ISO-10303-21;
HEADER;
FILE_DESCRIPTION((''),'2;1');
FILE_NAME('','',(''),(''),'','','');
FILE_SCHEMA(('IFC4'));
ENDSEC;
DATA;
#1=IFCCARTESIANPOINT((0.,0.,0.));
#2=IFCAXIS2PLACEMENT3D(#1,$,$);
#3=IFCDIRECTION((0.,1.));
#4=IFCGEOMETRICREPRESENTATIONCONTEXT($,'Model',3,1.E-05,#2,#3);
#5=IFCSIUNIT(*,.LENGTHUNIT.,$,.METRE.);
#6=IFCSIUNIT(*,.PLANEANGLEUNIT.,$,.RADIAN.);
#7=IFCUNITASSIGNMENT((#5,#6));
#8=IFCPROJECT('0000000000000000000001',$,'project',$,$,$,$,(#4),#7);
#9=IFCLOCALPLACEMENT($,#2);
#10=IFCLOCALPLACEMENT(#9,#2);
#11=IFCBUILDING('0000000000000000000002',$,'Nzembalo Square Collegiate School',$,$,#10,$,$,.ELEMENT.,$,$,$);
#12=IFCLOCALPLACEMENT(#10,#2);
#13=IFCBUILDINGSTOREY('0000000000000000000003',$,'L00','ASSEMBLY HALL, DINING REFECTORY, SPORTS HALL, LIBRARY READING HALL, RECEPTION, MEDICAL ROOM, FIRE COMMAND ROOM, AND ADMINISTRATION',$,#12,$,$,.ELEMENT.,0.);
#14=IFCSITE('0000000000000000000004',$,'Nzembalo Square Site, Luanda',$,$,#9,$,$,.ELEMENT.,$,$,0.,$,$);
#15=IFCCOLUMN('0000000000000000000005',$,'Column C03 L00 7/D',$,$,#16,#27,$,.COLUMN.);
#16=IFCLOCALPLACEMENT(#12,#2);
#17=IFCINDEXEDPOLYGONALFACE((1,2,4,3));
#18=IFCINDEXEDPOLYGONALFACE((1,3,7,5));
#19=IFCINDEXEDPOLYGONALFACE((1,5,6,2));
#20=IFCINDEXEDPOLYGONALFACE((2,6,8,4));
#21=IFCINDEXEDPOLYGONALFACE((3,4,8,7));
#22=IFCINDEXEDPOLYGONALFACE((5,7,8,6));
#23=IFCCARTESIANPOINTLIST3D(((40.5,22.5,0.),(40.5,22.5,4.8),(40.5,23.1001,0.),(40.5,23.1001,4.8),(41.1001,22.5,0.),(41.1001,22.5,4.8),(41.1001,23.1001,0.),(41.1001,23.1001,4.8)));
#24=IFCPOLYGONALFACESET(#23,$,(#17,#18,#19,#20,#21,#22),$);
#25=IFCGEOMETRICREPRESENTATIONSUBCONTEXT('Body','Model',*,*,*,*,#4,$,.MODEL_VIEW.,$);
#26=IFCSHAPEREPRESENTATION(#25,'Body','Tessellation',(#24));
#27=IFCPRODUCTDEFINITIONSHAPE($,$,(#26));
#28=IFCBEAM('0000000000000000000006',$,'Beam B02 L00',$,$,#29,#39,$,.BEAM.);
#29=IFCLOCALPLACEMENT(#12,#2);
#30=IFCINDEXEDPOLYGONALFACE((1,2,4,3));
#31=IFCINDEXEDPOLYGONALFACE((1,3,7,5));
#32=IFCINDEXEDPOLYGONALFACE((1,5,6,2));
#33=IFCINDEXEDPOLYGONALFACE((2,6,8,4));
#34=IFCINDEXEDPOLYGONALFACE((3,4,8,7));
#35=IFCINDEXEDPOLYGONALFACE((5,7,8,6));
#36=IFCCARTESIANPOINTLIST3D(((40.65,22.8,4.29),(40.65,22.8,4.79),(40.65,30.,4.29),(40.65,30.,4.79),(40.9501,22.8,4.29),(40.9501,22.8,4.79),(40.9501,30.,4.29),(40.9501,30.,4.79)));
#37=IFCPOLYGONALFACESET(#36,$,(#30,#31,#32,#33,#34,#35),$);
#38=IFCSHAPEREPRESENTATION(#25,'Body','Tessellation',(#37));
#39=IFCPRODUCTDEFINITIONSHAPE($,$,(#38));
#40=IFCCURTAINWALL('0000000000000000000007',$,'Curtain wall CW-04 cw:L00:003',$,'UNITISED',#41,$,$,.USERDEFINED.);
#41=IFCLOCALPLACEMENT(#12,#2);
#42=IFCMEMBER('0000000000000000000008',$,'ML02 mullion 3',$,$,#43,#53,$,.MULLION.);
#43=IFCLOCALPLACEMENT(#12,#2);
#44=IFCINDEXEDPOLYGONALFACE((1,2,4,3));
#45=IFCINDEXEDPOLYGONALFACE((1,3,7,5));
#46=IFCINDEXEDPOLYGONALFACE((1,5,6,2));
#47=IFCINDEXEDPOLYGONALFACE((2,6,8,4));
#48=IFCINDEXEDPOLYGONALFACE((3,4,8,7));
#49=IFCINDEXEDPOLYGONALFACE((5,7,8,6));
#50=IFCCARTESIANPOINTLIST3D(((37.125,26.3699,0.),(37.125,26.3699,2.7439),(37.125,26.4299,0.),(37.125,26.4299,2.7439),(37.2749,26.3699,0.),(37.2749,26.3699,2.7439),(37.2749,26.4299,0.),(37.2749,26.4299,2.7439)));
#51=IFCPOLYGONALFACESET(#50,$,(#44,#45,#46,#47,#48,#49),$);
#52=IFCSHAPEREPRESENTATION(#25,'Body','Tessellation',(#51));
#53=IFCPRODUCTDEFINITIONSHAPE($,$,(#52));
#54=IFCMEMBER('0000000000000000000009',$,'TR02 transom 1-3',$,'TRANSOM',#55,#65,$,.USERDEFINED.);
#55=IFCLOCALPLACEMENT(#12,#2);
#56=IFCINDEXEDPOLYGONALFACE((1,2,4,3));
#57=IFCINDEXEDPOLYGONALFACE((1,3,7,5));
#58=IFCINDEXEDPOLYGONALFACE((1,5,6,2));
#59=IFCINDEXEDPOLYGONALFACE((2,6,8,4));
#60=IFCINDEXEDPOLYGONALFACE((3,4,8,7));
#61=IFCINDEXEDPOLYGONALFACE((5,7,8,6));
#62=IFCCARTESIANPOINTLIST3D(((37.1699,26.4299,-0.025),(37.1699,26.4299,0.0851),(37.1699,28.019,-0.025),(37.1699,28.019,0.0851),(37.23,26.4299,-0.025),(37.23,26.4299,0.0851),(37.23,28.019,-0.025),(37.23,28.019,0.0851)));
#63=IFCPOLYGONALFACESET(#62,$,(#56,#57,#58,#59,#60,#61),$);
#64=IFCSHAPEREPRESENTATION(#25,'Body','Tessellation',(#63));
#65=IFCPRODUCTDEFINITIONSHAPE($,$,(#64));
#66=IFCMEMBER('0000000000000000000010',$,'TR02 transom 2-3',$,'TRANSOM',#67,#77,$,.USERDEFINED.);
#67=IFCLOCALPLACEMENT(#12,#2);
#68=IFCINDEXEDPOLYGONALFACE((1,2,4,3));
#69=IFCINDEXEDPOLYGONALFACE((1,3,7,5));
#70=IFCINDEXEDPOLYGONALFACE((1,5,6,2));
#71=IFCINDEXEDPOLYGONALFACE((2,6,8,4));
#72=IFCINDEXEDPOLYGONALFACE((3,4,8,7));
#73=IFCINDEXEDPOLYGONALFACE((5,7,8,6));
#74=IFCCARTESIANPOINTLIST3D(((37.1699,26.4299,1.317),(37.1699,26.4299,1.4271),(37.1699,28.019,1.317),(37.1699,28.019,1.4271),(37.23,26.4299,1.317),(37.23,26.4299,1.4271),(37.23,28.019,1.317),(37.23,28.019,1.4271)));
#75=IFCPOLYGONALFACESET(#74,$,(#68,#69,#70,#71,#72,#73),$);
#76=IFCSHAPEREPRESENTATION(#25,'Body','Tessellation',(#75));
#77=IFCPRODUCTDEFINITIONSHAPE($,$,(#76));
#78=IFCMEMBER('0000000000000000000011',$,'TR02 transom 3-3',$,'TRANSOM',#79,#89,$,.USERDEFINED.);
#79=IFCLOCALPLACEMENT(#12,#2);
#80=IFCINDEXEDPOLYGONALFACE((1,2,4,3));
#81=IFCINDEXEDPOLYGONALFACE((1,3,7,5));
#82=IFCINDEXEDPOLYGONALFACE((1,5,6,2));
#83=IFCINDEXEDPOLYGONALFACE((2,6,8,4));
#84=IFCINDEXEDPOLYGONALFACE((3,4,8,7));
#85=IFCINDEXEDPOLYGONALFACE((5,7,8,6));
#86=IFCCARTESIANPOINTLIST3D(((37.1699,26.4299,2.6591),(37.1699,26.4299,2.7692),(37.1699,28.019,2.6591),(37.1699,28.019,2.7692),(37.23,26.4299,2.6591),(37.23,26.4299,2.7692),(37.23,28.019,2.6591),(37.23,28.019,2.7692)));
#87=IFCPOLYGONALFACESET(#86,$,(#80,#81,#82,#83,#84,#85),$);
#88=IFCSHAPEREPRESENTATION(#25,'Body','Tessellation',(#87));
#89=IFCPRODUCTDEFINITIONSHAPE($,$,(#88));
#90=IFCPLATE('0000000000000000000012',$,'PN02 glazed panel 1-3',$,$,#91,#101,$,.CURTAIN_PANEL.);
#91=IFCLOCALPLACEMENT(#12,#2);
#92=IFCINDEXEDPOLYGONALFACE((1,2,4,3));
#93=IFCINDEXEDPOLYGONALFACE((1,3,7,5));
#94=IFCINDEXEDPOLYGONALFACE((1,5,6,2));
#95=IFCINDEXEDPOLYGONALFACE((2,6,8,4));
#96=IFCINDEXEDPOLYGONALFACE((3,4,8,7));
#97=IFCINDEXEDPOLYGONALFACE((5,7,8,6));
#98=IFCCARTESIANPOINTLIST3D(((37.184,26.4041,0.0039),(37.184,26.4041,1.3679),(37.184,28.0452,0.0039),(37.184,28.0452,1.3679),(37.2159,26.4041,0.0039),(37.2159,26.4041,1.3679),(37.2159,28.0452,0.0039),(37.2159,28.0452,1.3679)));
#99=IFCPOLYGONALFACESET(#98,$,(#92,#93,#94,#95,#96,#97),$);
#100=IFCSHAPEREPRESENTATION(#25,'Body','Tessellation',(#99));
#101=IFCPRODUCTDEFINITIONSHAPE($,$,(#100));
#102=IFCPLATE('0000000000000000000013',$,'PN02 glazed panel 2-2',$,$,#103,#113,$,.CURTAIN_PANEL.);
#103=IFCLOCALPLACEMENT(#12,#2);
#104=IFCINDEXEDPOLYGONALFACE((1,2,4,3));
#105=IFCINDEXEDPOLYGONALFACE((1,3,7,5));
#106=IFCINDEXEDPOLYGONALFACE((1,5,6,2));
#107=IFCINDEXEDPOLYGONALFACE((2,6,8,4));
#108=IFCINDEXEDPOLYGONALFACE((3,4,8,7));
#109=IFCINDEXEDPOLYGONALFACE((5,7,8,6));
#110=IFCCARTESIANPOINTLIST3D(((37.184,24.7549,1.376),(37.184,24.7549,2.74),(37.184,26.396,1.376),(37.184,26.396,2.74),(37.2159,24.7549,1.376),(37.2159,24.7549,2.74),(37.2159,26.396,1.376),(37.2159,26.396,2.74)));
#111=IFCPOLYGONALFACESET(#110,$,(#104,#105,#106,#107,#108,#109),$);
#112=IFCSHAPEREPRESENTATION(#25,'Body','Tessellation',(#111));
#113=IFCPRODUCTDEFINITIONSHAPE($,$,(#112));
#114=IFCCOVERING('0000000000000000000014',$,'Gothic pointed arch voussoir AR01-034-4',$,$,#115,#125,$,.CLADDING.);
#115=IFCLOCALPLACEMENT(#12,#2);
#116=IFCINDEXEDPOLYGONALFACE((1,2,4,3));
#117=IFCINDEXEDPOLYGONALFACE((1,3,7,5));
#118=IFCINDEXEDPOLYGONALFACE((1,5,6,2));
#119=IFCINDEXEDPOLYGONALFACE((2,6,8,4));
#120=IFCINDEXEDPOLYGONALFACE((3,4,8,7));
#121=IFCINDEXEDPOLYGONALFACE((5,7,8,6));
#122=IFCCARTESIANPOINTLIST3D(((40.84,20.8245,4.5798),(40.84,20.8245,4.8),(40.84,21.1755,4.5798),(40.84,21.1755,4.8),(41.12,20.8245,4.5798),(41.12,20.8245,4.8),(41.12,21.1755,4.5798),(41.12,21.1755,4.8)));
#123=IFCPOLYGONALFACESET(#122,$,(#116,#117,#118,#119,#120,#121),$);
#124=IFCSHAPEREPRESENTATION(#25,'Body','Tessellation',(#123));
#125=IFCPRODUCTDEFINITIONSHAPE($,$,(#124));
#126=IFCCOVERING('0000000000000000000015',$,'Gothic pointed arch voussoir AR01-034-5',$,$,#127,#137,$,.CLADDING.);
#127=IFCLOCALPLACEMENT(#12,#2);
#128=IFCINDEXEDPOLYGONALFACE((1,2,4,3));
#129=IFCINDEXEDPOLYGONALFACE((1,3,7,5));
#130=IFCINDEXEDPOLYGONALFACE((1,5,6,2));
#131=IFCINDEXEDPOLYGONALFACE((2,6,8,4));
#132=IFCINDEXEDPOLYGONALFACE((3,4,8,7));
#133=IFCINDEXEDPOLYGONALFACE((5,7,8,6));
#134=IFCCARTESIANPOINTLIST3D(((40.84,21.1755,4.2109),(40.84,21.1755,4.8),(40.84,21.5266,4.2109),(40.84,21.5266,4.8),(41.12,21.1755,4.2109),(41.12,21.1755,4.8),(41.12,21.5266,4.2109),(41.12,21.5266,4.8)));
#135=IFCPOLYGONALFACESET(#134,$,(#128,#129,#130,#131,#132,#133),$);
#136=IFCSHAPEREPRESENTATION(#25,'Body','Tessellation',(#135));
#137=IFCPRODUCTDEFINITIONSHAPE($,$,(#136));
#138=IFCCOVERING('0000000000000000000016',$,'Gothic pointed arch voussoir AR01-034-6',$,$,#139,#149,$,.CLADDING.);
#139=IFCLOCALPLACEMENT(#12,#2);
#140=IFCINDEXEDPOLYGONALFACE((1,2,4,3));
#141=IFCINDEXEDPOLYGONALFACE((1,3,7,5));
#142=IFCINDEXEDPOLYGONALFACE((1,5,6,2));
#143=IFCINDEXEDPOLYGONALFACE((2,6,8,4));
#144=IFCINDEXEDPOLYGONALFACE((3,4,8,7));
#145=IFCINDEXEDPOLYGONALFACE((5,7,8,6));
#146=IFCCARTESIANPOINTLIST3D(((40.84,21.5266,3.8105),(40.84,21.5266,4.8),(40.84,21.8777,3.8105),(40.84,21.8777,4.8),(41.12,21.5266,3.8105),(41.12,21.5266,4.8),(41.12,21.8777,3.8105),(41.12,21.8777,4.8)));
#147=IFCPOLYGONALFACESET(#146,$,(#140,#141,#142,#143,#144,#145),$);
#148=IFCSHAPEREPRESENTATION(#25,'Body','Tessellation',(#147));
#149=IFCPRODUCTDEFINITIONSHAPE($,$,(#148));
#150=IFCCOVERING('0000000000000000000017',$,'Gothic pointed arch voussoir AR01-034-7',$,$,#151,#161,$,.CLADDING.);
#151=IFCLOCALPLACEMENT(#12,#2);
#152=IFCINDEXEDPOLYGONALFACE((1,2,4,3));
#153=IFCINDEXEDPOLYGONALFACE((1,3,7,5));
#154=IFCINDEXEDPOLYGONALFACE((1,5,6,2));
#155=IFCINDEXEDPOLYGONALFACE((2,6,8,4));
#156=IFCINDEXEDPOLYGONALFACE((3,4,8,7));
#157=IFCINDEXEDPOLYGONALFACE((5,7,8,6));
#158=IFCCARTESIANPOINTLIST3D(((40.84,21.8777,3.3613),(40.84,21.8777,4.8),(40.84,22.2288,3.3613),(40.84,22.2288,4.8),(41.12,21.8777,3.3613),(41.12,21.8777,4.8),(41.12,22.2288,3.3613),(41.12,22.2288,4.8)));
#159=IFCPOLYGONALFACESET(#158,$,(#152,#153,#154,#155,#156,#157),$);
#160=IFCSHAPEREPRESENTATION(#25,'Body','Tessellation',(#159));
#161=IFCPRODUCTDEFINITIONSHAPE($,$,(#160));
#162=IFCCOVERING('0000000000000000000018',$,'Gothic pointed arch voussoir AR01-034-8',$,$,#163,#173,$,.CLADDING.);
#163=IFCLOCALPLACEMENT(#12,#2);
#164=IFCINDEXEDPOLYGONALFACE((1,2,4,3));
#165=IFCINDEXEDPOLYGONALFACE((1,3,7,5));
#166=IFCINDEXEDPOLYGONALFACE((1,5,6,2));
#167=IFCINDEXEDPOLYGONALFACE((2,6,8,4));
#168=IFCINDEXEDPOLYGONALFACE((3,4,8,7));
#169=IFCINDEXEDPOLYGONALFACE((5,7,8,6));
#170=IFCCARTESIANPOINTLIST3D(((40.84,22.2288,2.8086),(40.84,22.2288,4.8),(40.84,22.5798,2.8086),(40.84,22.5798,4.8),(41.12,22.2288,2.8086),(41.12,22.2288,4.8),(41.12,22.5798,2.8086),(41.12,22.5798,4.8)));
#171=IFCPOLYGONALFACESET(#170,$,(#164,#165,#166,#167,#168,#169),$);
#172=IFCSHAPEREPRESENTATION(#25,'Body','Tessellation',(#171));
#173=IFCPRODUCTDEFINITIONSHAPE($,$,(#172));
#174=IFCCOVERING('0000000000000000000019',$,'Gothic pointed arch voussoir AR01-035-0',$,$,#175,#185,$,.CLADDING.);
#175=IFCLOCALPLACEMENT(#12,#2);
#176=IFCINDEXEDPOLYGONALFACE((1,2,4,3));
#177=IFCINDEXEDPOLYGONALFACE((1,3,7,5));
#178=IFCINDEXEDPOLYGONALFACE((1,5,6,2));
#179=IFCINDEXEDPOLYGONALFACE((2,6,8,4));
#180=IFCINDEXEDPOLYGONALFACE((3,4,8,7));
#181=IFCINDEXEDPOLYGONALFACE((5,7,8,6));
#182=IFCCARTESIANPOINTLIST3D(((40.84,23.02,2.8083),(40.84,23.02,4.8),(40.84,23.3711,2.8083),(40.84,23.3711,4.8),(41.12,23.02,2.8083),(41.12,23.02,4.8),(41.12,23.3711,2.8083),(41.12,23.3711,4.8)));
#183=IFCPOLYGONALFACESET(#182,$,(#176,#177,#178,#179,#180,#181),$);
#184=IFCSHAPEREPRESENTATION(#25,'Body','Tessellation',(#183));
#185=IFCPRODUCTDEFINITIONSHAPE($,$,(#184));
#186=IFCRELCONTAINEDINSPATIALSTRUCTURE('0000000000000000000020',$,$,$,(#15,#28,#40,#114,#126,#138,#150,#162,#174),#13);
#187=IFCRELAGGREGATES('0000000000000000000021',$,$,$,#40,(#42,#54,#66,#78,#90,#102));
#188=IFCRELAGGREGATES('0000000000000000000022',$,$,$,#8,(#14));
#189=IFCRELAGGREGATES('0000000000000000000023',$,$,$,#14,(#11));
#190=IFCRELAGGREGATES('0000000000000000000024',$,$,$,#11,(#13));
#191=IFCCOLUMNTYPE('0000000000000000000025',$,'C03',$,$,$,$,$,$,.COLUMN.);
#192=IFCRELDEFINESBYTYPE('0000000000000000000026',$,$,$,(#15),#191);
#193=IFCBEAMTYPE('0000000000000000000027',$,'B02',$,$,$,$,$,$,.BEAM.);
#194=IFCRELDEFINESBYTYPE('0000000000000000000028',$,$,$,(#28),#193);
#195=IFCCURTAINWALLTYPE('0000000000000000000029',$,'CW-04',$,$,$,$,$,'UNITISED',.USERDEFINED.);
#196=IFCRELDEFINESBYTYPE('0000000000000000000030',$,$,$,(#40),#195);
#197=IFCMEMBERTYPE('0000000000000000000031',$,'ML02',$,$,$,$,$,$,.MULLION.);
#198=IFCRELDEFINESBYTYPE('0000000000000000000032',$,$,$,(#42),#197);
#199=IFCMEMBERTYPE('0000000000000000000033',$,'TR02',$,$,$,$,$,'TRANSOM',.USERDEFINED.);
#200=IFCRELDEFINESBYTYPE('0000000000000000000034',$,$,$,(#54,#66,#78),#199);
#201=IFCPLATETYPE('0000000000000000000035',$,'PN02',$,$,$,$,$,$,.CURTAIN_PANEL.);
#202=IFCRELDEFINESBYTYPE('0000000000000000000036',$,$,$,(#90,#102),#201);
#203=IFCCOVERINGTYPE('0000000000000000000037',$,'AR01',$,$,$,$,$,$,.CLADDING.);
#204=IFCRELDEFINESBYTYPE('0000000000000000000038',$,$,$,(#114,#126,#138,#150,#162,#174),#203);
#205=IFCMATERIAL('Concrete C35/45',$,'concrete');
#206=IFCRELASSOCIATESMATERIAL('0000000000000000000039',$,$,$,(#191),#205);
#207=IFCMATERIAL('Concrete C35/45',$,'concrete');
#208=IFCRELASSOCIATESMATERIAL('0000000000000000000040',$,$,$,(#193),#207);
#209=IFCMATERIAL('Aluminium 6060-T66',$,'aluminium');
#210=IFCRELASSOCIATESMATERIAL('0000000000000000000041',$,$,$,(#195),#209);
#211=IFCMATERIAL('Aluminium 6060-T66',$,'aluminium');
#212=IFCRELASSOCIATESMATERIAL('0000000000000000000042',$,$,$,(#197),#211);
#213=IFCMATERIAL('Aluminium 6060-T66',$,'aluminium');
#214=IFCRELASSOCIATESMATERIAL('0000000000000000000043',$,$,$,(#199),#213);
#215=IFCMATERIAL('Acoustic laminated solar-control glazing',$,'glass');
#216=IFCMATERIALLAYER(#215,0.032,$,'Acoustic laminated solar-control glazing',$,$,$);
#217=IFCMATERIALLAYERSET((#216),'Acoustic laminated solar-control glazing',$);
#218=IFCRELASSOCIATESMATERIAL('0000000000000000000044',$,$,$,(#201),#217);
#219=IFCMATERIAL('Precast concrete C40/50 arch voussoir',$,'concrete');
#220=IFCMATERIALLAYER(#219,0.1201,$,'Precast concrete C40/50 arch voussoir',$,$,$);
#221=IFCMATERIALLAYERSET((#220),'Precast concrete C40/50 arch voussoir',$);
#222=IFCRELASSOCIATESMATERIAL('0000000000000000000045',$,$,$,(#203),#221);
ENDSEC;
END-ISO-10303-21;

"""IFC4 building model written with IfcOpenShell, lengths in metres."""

from ifc_helpers import new_model, si_unit, direction, frame, origin, origin_2d, place, context, subcontext, project, spatial, rectangle, extrude, material, layer, layer_set, material_profile, profile_set, type_object, element, aggregate, save


model = new_model("IFC4")

# Units and contexts
model_context = context("Model", 3, precision=1e-05, world=origin(), true_north=direction((0.0, 1.0)))
body_context = subcontext(model_context, "Body", "Model", "MODEL_VIEW")
ifc_project = project(units=[si_unit("LENGTHUNIT", "METRE"), si_unit("PLANEANGLEUNIT", "RADIAN")], contexts=[model_context])

# Site, building, storey
site_placement = place(None, origin())
site = spatial("IfcSite", under=ifc_project, at=site_placement, Name="Nzembalo Square Site, Luanda", CompositionType="ELEMENT", RefElevation=0.0)
building_placement = place(site_placement, origin())
building = spatial("IfcBuilding", under=site, at=building_placement, Name="Nzembalo Square Collegiate School", CompositionType="ELEMENT")
storey_placement = place(building_placement, origin())
storey = spatial("IfcBuildingStorey", under=building, at=storey_placement, Name="L00", Description="ASSEMBLY HALL, DINING REFECTORY, SPORTS HALL, LIBRARY READING HALL, RECEPTION, MEDICAL ROOM, FIRE COMMAND ROOM, AND ADMINISTRATION", CompositionType="ELEMENT", Elevation=0.0)

# Column
ifc_material_1 = material(Name="Concrete C35/45", Category="concrete")
ifc_material_profile_1 = material_profile(ifc_material_1, rectangle(XDim=0.6001, YDim=0.6001, at=origin_2d()), Name="RC 600x600")
ifc_profile_set_1 = profile_set([ifc_material_profile_1], Name="Concrete C35/45")
column_type = type_object("IfcColumnType", Name="C03", PredefinedType="COLUMN", material=ifc_profile_set_1)
column_placement = place(storey_placement, frame((40.8, 22.8, 0.0), z_axis=(0.0, 0.0, 1.0), x_axis=(1.0, 0.0, 0.0)))
element("IfcColumn", 1, at=column_placement, inside=storey, type_object=column_type, Name="Column C03 L00 7/D", PredefinedType="COLUMN", context=body_context, shape_type="SweptSolid", body=[
    extrude(rectangle(XDim=0.6001, YDim=0.6001, at=origin_2d()), origin(), (0.0, 0.0, 1.0), 4.8),
])

# Beam
ifc_material_2 = material(Name="Concrete C35/45", Category="concrete")
ifc_material_profile_2 = material_profile(ifc_material_2, rectangle(XDim=0.3, YDim=0.5, at=origin_2d()), Name="RC 300x500")
ifc_profile_set_2 = profile_set([ifc_material_profile_2], Name="Concrete C35/45")
beam_type = type_object("IfcBeamType", Name="B02", PredefinedType="BEAM", material=ifc_profile_set_2)
beam_placement = place(storey_placement, frame((40.8, 22.8, 4.54), z_axis=(0.0, 1.0, 0.0), x_axis=(-1.0, 0.0, 0.0)))
element("IfcBeam", 2, at=beam_placement, inside=storey, type_object=beam_type, Name="Beam B02 L00", PredefinedType="BEAM", context=body_context, shape_type="SweptSolid", body=[
    extrude(rectangle(XDim=0.3, YDim=0.5, at=origin_2d()), origin(), (0.0, 0.0, 1.0), 7.2),
])

# Curtain wall, members, plates
ifc_material_3 = material(Name="Aluminium 6060-T66", Category="aluminium")
curtain_wall_type = type_object("IfcCurtainWallType", Name="CW-04", ElementType="UNITISED", PredefinedType="USERDEFINED", material=ifc_material_3)
curtain_wall_placement = place(storey_placement, origin())
curtain_wall = element("IfcCurtainWall", 3, at=curtain_wall_placement, inside=storey, type_object=curtain_wall_type, Name="Curtain wall CW-04 cw:L00:003", ObjectType="UNITISED", PredefinedType="USERDEFINED")
ifc_material_4 = material(Name="Aluminium 6060-T66", Category="aluminium")
ifc_material_profile_3 = material_profile(ifc_material_4, rectangle(XDim=0.0601, YDim=0.1499, at=origin_2d()), Name="ALU M60x150")
ifc_profile_set_3 = profile_set([ifc_material_profile_3], Name="Aluminium 6060-T66")
member_type_1 = type_object("IfcMemberType", Name="ML02", PredefinedType="MULLION", material=ifc_profile_set_3)
member_1_placement = place(storey_placement, frame((37.2, 26.3999, 0.0), z_axis=(0.0, 0.0, 1.0), x_axis=(0.0, 1.0, 0.0)))
member_1 = element("IfcMember", 4, at=member_1_placement, type_object=member_type_1, Name="ML02 mullion 3", PredefinedType="MULLION", context=body_context, shape_type="SweptSolid", body=[
    extrude(rectangle(XDim=0.0601, YDim=0.1499, at=origin_2d()), origin(), (0.0, 0.0, 1.0), 2.7439),
])
ifc_material_5 = material(Name="Aluminium 6060-T66", Category="aluminium")
ifc_material_profile_4 = material_profile(ifc_material_5, rectangle(XDim=0.0601, YDim=0.1101, at=origin_2d()), Name="ALU T60x110")
ifc_profile_set_4 = profile_set([ifc_material_profile_4], Name="Aluminium 6060-T66")
member_type_2 = type_object("IfcMemberType", Name="TR02", ElementType="TRANSOM", PredefinedType="USERDEFINED", material=ifc_profile_set_4)
member_2_placement = place(storey_placement, frame((37.2, 26.4299, 0.03), z_axis=(0.0, 1.0, 0.0), x_axis=(-1.0, 0.0, 0.0)))
member_2 = element("IfcMember", 5, at=member_2_placement, type_object=member_type_2, Name="TR02 transom 1-3", ObjectType="TRANSOM", PredefinedType="USERDEFINED", context=body_context, shape_type="SweptSolid", body=[
    extrude(rectangle(XDim=0.0601, YDim=0.1101, at=origin_2d()), origin(), (0.0, 0.0, 1.0), 1.5891),
])
member_3_placement = place(storey_placement, frame((37.2, 26.4299, 1.3721), z_axis=(0.0, 1.0, 0.0), x_axis=(-1.0, 0.0, 0.0)))
member_3 = element("IfcMember", 6, at=member_3_placement, type_object=member_type_2, Name="TR02 transom 2-3", ObjectType="TRANSOM", PredefinedType="USERDEFINED", context=body_context, shape_type="SweptSolid", body=[
    extrude(rectangle(XDim=0.0601, YDim=0.1101, at=origin_2d()), origin(), (0.0, 0.0, 1.0), 1.5891),
])
member_4_placement = place(storey_placement, frame((37.2, 26.4299, 2.7141), z_axis=(0.0, 1.0, 0.0), x_axis=(-1.0, 0.0, 0.0)))
member_4 = element("IfcMember", 7, at=member_4_placement, type_object=member_type_2, Name="TR02 transom 3-3", ObjectType="TRANSOM", PredefinedType="USERDEFINED", context=body_context, shape_type="SweptSolid", body=[
    extrude(rectangle(XDim=0.0601, YDim=0.1101, at=origin_2d()), origin(), (0.0, 0.0, 1.0), 1.5891),
])
ifc_material_6 = material(Name="Acoustic laminated solar-control glazing", Category="glass")
ifc_layer_1 = layer(ifc_material_6, 0.032, Name="Acoustic laminated solar-control glazing")
ifc_layer_set_1 = layer_set([ifc_layer_1], Name="Acoustic laminated solar-control glazing")
plate_type = type_object("IfcPlateType", Name="PN02", PredefinedType="CURTAIN_PANEL", material=ifc_layer_set_1)
plate_1_placement = place(storey_placement, frame((37.2, 27.2246, 0.0039), z_axis=(0.0, 0.0, 1.0), x_axis=(0.0, 1.0, 0.0)))
plate_1 = element("IfcPlate", 8, at=plate_1_placement, type_object=plate_type, Name="PN02 glazed panel 1-3", PredefinedType="CURTAIN_PANEL", context=body_context, shape_type="SweptSolid", body=[
    extrude(rectangle(XDim=1.6411, YDim=0.032, at=origin_2d()), origin(), (0.0, 0.0, 1.0), 1.364),
])
plate_2_placement = place(storey_placement, frame((37.2, 25.5754, 1.376), z_axis=(0.0, 0.0, 1.0), x_axis=(0.0, 1.0, 0.0)))
plate_2 = element("IfcPlate", 9, at=plate_2_placement, type_object=plate_type, Name="PN02 glazed panel 2-2", PredefinedType="CURTAIN_PANEL", context=body_context, shape_type="SweptSolid", body=[
    extrude(rectangle(XDim=1.6411, YDim=0.032, at=origin_2d()), origin(), (0.0, 0.0, 1.0), 1.364),
])
aggregate(curtain_wall, [member_1, member_2, member_3, member_4, plate_1, plate_2])

# Coverings
ifc_material_7 = material(Name="Precast concrete C40/50 arch voussoir", Category="concrete")
ifc_layer_2 = layer(ifc_material_7, 0.1201, Name="Precast concrete C40/50 arch voussoir")
ifc_layer_set_2 = layer_set([ifc_layer_2], Name="Precast concrete C40/50 arch voussoir")
covering_type = type_object("IfcCoveringType", Name="AR01", PredefinedType="CLADDING", material=ifc_layer_set_2)
covering_1_placement = place(storey_placement, frame((40.98, 21.0, 4.5798), z_axis=(0.0, 0.0, 1.0), x_axis=(1.0, 0.0, 0.0)))
element("IfcCovering", 10, at=covering_1_placement, inside=storey, type_object=covering_type, Name="Gothic pointed arch voussoir AR01-034-4", PredefinedType="CLADDING", context=body_context, shape_type="SweptSolid", body=[
    extrude(rectangle(XDim=0.28, YDim=0.3511, at=origin_2d()), origin(), (0.0, 0.0, 1.0), 0.2202),
])
covering_2_placement = place(storey_placement, frame((40.98, 21.3511, 4.2109), z_axis=(0.0, 0.0, 1.0), x_axis=(1.0, 0.0, 0.0)))
element("IfcCovering", 11, at=covering_2_placement, inside=storey, type_object=covering_type, Name="Gothic pointed arch voussoir AR01-034-5", PredefinedType="CLADDING", context=body_context, shape_type="SweptSolid", body=[
    extrude(rectangle(XDim=0.28, YDim=0.3511, at=origin_2d()), origin(), (0.0, 0.0, 1.0), 0.5891),
])
covering_3_placement = place(storey_placement, frame((40.98, 21.7021, 3.8105), z_axis=(0.0, 0.0, 1.0), x_axis=(1.0, 0.0, 0.0)))
element("IfcCovering", 12, at=covering_3_placement, inside=storey, type_object=covering_type, Name="Gothic pointed arch voussoir AR01-034-6", PredefinedType="CLADDING", context=body_context, shape_type="SweptSolid", body=[
    extrude(rectangle(XDim=0.28, YDim=0.3511, at=origin_2d()), origin(), (0.0, 0.0, 1.0), 0.9895),
])
covering_4_placement = place(storey_placement, frame((40.98, 22.0532, 3.3613), z_axis=(0.0, 0.0, 1.0), x_axis=(1.0, 0.0, 0.0)))
element("IfcCovering", 13, at=covering_4_placement, inside=storey, type_object=covering_type, Name="Gothic pointed arch voussoir AR01-034-7", PredefinedType="CLADDING", context=body_context, shape_type="SweptSolid", body=[
    extrude(rectangle(XDim=0.28, YDim=0.3511, at=origin_2d()), origin(), (0.0, 0.0, 1.0), 1.4387),
])
covering_5_placement = place(storey_placement, frame((40.98, 22.4043, 2.8086), z_axis=(0.0, 0.0, 1.0), x_axis=(1.0, 0.0, 0.0)))
element("IfcCovering", 14, at=covering_5_placement, inside=storey, type_object=covering_type, Name="Gothic pointed arch voussoir AR01-034-8", PredefinedType="CLADDING", context=body_context, shape_type="SweptSolid", body=[
    extrude(rectangle(XDim=0.28, YDim=0.3511, at=origin_2d()), origin(), (0.0, 0.0, 1.0), 1.9915),
])
covering_6_placement = place(storey_placement, frame((40.98, 23.1956, 2.8083), z_axis=(0.0, 0.0, 1.0), x_axis=(1.0, 0.0, 0.0)))
element("IfcCovering", 15, at=covering_6_placement, inside=storey, type_object=covering_type, Name="Gothic pointed arch voussoir AR01-035-0", PredefinedType="CLADDING", context=body_context, shape_type="SweptSolid", body=[
    extrude(rectangle(XDim=0.28, YDim=0.3511, at=origin_2d()), origin(), (0.0, 0.0, 1.0), 1.9917),
])

save(model, "model.ifc")
